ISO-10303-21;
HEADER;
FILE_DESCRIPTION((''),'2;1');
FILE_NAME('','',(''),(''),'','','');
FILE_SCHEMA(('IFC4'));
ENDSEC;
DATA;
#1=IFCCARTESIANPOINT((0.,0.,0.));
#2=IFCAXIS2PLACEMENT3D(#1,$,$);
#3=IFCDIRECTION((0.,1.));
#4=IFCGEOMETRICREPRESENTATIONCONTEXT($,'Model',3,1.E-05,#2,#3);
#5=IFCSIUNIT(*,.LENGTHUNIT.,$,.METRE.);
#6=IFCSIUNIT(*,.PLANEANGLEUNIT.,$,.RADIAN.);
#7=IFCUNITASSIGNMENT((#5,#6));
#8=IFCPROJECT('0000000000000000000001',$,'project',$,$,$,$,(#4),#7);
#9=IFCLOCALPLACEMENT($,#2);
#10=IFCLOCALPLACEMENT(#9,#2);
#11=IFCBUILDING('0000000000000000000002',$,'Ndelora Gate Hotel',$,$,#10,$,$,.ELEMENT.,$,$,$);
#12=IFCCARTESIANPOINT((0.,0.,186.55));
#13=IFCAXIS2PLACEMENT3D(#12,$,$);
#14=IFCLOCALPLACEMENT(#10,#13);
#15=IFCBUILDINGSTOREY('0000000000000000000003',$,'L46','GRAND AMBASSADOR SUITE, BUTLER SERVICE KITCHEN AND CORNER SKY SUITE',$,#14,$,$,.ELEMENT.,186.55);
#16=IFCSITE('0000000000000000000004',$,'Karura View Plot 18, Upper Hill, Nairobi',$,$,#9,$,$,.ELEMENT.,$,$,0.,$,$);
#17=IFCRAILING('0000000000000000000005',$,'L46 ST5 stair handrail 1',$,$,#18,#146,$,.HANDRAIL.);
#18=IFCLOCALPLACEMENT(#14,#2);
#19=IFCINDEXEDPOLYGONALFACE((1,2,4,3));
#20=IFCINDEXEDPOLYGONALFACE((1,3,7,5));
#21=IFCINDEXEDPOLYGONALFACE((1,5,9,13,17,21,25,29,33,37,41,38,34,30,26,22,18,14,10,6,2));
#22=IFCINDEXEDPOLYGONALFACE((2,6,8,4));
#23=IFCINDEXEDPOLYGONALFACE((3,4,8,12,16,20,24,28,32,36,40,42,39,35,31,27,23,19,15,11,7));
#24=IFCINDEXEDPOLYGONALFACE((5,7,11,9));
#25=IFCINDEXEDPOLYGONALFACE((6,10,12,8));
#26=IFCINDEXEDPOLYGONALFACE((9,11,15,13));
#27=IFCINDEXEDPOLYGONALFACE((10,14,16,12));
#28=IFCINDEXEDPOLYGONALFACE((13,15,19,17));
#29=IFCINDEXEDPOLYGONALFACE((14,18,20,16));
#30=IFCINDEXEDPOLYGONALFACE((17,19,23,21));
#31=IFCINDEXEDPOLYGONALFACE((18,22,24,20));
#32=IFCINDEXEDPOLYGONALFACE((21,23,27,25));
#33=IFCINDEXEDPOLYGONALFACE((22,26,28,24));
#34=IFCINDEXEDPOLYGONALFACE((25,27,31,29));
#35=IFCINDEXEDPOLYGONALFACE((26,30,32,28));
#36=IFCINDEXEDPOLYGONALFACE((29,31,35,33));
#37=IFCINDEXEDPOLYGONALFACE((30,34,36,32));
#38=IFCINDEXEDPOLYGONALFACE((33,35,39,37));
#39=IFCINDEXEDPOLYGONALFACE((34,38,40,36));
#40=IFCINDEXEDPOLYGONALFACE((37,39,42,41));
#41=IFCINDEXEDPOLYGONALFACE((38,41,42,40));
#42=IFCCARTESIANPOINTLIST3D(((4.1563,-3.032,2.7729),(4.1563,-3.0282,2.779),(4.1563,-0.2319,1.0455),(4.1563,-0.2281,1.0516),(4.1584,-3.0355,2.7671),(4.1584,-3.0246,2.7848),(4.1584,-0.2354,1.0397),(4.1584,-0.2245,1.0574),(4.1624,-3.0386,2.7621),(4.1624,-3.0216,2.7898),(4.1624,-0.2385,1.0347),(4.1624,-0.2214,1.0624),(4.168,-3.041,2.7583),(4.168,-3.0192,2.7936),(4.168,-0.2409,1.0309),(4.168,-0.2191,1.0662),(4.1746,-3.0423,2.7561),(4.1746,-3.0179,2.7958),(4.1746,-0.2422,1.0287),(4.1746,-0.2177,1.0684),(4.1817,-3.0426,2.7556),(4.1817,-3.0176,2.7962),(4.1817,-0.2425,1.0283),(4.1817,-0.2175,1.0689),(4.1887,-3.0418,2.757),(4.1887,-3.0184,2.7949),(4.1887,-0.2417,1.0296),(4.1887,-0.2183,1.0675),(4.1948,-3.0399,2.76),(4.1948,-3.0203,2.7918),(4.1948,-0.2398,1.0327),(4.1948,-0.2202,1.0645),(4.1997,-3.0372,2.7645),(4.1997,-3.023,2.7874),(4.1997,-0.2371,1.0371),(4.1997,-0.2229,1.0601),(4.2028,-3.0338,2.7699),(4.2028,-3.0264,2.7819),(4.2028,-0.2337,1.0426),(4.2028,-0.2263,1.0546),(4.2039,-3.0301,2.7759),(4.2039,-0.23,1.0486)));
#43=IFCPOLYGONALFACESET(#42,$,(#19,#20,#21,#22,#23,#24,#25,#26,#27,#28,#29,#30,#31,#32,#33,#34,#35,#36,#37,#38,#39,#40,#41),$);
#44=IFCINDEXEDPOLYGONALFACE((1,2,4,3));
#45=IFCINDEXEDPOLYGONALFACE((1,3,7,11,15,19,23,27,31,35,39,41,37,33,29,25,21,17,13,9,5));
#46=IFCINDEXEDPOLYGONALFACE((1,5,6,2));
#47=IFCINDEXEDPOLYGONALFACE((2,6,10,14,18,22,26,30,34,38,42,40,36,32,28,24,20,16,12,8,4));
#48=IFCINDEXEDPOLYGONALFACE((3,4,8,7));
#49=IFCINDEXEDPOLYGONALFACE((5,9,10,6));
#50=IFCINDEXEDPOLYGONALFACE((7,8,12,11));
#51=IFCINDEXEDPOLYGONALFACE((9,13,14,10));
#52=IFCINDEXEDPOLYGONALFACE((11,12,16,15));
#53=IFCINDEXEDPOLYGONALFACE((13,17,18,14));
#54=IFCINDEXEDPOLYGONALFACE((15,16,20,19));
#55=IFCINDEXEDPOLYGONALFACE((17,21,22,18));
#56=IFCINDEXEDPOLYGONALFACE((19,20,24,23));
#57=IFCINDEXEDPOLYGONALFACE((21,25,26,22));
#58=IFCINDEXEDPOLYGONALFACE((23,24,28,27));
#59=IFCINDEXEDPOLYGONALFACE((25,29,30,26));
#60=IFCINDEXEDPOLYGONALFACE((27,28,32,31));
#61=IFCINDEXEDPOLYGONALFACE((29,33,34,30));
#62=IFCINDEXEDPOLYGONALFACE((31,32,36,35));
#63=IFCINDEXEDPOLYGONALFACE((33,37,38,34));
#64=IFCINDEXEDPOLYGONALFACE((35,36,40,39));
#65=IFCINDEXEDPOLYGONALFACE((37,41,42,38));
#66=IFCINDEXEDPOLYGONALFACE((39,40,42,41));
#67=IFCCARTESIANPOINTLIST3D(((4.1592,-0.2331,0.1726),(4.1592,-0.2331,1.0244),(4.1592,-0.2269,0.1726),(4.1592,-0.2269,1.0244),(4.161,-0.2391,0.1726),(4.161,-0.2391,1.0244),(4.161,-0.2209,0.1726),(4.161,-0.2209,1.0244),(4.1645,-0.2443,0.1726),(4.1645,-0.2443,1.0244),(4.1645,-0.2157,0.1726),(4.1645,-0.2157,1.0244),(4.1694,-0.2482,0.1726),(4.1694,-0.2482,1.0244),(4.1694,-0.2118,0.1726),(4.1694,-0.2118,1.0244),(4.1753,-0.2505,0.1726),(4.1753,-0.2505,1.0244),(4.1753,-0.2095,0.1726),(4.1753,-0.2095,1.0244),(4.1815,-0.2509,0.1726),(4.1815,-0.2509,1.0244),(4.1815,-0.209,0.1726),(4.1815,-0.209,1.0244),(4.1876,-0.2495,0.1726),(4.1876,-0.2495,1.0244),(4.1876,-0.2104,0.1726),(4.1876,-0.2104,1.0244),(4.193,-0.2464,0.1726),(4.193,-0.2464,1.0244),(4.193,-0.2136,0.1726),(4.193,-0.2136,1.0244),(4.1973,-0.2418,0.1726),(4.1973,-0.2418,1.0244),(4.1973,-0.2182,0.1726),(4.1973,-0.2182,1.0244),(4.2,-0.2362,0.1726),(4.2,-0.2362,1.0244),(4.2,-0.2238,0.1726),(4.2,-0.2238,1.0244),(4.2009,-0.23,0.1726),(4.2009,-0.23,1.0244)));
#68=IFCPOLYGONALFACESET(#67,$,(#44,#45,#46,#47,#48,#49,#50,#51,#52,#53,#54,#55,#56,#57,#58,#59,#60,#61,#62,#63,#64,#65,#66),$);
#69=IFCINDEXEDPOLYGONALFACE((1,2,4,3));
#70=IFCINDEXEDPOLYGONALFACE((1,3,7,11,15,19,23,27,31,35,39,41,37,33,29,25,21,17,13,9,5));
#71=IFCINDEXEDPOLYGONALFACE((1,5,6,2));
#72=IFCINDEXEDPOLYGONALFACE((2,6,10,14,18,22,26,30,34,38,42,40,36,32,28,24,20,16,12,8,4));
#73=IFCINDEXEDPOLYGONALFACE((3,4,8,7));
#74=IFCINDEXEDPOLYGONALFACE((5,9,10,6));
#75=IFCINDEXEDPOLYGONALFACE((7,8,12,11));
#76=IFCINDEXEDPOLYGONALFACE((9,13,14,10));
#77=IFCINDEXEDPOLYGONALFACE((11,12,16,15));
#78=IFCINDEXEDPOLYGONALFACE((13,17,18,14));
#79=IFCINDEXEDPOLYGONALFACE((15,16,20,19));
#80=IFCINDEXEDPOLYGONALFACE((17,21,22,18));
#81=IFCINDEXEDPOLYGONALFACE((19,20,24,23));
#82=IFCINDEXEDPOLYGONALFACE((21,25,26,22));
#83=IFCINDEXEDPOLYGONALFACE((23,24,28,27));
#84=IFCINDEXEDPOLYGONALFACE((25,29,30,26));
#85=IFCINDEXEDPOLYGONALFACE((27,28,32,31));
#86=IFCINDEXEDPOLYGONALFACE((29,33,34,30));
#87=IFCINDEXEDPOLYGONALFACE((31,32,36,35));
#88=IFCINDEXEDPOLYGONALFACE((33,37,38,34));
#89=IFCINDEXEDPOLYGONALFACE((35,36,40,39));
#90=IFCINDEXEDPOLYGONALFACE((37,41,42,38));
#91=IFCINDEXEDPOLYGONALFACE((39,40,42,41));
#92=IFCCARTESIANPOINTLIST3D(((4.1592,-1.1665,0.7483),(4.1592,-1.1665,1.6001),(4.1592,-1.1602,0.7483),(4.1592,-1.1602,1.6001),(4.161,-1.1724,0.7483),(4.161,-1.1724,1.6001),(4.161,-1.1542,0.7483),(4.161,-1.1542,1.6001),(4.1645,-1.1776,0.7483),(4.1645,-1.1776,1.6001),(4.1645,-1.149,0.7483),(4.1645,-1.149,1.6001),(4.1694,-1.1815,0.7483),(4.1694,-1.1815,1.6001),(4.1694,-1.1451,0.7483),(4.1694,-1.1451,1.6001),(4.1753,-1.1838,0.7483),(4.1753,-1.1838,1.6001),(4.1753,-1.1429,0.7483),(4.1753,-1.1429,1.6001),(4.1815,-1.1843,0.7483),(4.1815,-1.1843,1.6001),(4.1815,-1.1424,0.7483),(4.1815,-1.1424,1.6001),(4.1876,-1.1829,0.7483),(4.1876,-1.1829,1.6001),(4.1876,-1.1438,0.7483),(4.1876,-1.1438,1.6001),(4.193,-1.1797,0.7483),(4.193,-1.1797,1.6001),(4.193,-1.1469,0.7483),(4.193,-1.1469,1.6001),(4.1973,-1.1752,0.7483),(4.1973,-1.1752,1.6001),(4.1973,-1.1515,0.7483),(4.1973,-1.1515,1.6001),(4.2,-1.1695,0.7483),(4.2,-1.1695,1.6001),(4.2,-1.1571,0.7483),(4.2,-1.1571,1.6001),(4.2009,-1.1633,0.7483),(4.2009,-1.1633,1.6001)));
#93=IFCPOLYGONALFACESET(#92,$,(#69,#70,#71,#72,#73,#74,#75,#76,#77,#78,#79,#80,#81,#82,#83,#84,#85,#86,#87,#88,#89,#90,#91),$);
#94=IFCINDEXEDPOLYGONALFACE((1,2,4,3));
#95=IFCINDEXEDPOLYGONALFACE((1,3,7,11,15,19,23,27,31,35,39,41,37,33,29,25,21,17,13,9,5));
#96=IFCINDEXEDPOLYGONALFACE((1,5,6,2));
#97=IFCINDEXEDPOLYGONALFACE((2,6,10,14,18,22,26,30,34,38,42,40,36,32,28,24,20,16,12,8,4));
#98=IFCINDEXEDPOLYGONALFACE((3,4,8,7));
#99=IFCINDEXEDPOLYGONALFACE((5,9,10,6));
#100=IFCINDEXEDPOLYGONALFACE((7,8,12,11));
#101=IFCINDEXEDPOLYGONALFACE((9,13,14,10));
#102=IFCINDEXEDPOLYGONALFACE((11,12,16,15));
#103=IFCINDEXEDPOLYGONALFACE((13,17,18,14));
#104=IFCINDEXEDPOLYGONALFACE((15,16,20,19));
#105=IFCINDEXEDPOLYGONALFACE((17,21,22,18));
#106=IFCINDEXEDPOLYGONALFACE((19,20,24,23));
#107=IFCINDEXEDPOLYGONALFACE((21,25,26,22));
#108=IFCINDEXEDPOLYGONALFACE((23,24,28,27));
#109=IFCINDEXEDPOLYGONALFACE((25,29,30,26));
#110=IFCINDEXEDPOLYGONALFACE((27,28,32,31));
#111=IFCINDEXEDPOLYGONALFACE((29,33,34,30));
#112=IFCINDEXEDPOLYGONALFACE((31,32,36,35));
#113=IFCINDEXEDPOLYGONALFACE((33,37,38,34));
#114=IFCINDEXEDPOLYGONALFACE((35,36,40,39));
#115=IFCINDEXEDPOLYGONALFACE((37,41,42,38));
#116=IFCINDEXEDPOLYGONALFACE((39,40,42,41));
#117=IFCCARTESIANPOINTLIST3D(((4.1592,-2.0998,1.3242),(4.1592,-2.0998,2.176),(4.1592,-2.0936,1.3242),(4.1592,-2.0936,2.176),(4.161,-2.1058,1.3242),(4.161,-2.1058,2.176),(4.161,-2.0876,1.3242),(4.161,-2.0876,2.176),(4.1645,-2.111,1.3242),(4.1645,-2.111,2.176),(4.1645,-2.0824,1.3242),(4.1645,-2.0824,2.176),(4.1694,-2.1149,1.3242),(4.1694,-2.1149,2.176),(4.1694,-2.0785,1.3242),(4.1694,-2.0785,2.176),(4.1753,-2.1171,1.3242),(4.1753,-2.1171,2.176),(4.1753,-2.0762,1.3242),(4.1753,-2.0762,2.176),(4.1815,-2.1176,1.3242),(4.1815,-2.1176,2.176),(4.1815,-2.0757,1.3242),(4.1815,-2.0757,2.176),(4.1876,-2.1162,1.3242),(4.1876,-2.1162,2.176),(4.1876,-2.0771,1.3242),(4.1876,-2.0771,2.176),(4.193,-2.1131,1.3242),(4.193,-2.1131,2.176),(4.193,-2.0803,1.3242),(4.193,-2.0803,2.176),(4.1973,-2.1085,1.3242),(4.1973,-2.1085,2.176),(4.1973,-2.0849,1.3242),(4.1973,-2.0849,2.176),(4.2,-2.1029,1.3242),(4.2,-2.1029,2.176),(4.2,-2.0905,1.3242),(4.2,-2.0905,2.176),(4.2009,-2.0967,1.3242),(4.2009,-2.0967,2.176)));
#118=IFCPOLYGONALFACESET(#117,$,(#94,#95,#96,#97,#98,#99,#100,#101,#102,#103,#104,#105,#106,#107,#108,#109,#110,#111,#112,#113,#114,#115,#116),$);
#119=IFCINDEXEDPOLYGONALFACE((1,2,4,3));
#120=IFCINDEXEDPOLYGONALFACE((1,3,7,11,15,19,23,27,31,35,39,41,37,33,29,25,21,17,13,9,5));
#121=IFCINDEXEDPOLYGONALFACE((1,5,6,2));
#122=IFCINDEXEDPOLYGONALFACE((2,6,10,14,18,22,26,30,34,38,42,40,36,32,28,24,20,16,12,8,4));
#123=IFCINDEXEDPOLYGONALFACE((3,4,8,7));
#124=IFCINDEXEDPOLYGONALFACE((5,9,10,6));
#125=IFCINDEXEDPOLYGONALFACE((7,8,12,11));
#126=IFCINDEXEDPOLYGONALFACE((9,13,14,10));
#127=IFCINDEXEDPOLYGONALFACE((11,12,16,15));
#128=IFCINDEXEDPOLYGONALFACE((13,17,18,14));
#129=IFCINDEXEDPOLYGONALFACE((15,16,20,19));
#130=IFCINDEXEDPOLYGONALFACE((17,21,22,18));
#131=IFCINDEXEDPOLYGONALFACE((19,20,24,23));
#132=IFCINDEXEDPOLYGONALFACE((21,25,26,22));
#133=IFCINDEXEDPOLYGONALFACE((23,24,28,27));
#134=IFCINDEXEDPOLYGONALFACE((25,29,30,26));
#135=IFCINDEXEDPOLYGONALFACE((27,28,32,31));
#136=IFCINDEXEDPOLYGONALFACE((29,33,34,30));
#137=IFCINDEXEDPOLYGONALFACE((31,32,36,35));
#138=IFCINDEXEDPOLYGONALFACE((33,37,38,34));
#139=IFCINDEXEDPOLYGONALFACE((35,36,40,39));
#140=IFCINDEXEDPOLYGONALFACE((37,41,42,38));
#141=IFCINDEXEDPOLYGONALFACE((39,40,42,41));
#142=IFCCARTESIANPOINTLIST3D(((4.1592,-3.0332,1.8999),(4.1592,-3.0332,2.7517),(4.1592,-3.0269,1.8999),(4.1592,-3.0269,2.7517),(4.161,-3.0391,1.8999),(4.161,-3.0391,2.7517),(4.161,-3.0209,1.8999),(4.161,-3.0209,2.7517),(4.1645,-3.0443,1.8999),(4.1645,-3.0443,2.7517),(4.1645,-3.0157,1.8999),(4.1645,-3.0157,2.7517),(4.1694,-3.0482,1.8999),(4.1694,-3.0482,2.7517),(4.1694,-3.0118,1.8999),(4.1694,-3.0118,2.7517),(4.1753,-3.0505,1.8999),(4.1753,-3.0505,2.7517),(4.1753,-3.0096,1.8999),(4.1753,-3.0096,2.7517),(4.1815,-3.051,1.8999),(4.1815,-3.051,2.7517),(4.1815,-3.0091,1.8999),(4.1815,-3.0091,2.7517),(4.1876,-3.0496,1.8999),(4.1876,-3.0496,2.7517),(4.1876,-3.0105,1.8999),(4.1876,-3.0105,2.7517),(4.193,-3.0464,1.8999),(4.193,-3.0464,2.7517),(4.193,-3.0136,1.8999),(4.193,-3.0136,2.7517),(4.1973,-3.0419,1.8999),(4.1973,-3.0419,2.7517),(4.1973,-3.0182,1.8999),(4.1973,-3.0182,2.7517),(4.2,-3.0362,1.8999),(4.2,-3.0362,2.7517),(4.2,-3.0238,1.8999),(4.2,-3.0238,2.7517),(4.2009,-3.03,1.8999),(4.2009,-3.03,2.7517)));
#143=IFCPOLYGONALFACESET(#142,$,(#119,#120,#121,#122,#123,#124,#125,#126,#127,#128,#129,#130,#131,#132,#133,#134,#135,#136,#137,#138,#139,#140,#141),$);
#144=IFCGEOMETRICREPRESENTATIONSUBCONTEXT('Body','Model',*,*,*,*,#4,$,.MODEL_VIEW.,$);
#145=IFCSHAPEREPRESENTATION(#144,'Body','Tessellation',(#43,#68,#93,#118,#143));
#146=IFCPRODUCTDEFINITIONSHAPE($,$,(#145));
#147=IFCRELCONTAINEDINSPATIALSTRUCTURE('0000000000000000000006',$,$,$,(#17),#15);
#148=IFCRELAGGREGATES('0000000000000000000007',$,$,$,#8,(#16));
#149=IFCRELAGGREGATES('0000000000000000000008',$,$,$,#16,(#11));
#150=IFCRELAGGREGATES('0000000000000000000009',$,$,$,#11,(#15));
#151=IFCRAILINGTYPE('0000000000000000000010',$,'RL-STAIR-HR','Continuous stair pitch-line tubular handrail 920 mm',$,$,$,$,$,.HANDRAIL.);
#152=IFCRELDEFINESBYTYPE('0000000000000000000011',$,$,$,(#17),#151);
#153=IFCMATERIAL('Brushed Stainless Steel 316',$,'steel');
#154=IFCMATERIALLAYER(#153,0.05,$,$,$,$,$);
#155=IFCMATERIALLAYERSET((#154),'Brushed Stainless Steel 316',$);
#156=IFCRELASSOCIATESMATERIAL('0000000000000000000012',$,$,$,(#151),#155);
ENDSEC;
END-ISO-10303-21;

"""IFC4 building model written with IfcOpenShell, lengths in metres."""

from ifc_helpers import new_model, si_unit, direction, frame, origin, origin_2d, place, context, subcontext, project, spatial, circle, extrude, material, layer, layer_set, type_object, element, save


model = new_model("IFC4")

# Units and contexts
model_context = context("Model", 3, precision=1e-05, world=origin(), true_north=direction((0.0, 1.0)))
body_context = subcontext(model_context, "Body", "Model", "MODEL_VIEW")
ifc_project = project(units=[si_unit("LENGTHUNIT", "METRE"), si_unit("PLANEANGLEUNIT", "RADIAN")], contexts=[model_context])

# Site, building, storey
site_placement = place(None, origin())
site = spatial("IfcSite", under=ifc_project, at=site_placement, Name="Karura View Plot 18, Upper Hill, Nairobi", CompositionType="ELEMENT", RefElevation=0.0)
building_placement = place(site_placement, origin())
building = spatial("IfcBuilding", under=site, at=building_placement, Name="Ndelora Gate Hotel", CompositionType="ELEMENT")
storey_placement = place(building_placement, frame((0.0, 0.0, 186.55)))
storey = spatial("IfcBuildingStorey", under=building, at=storey_placement, Name="L46", Description="GRAND AMBASSADOR SUITE, BUTLER SERVICE KITCHEN AND CORNER SKY SUITE", CompositionType="ELEMENT", Elevation=186.55)

# Railing
ifc_material_1 = material(Name="Brushed Stainless Steel 316", Category="steel")
ifc_layer_1 = layer(ifc_material_1, 0.05)
ifc_layer_set_1 = layer_set([ifc_layer_1], Name="Brushed Stainless Steel 316")
railing_type_1 = type_object("IfcRailingType", Name="RL-STAIR-HR", Description="Continuous stair pitch-line tubular handrail 920 mm", PredefinedType="HANDRAIL", material=ifc_layer_set_1)
railing_1_placement = place(storey_placement, frame((4.1799, -0.23, 0.1726)))
element("IfcRailing", 1, at=railing_1_placement, inside=storey, type_object=railing_type_1, Name="L46 ST5 stair handrail 1", PredefinedType="HANDRAIL", context=body_context, shape_type="SweptSolid", body=[
    extrude(circle(Radius=0.0239, at=origin_2d()), frame((0.0, 0.0, 0.876), z_axis=(0.0, -0.85109, 0.52502), x_axis=(1.0, 0.0, 0.0)), (0.0, 0.0, 1.0), 3.29),
    extrude(circle(Radius=0.021, at=origin_2d()), origin(), (0.0, 0.0, 1.0), 0.8518),
    extrude(circle(Radius=0.021, at=origin_2d()), frame((0.0, -0.9333, 0.5757)), (0.0, 0.0, 1.0), 0.8518),
    extrude(circle(Radius=0.021, at=origin_2d()), frame((0.0, -1.8667, 1.1516)), (0.0, 0.0, 1.0), 0.8518),
    extrude(circle(Radius=0.021, at=origin_2d()), frame((0.0, -2.8, 1.7273)), (0.0, 0.0, 1.0), 0.8518),
])

save(model, "model.ifc")
